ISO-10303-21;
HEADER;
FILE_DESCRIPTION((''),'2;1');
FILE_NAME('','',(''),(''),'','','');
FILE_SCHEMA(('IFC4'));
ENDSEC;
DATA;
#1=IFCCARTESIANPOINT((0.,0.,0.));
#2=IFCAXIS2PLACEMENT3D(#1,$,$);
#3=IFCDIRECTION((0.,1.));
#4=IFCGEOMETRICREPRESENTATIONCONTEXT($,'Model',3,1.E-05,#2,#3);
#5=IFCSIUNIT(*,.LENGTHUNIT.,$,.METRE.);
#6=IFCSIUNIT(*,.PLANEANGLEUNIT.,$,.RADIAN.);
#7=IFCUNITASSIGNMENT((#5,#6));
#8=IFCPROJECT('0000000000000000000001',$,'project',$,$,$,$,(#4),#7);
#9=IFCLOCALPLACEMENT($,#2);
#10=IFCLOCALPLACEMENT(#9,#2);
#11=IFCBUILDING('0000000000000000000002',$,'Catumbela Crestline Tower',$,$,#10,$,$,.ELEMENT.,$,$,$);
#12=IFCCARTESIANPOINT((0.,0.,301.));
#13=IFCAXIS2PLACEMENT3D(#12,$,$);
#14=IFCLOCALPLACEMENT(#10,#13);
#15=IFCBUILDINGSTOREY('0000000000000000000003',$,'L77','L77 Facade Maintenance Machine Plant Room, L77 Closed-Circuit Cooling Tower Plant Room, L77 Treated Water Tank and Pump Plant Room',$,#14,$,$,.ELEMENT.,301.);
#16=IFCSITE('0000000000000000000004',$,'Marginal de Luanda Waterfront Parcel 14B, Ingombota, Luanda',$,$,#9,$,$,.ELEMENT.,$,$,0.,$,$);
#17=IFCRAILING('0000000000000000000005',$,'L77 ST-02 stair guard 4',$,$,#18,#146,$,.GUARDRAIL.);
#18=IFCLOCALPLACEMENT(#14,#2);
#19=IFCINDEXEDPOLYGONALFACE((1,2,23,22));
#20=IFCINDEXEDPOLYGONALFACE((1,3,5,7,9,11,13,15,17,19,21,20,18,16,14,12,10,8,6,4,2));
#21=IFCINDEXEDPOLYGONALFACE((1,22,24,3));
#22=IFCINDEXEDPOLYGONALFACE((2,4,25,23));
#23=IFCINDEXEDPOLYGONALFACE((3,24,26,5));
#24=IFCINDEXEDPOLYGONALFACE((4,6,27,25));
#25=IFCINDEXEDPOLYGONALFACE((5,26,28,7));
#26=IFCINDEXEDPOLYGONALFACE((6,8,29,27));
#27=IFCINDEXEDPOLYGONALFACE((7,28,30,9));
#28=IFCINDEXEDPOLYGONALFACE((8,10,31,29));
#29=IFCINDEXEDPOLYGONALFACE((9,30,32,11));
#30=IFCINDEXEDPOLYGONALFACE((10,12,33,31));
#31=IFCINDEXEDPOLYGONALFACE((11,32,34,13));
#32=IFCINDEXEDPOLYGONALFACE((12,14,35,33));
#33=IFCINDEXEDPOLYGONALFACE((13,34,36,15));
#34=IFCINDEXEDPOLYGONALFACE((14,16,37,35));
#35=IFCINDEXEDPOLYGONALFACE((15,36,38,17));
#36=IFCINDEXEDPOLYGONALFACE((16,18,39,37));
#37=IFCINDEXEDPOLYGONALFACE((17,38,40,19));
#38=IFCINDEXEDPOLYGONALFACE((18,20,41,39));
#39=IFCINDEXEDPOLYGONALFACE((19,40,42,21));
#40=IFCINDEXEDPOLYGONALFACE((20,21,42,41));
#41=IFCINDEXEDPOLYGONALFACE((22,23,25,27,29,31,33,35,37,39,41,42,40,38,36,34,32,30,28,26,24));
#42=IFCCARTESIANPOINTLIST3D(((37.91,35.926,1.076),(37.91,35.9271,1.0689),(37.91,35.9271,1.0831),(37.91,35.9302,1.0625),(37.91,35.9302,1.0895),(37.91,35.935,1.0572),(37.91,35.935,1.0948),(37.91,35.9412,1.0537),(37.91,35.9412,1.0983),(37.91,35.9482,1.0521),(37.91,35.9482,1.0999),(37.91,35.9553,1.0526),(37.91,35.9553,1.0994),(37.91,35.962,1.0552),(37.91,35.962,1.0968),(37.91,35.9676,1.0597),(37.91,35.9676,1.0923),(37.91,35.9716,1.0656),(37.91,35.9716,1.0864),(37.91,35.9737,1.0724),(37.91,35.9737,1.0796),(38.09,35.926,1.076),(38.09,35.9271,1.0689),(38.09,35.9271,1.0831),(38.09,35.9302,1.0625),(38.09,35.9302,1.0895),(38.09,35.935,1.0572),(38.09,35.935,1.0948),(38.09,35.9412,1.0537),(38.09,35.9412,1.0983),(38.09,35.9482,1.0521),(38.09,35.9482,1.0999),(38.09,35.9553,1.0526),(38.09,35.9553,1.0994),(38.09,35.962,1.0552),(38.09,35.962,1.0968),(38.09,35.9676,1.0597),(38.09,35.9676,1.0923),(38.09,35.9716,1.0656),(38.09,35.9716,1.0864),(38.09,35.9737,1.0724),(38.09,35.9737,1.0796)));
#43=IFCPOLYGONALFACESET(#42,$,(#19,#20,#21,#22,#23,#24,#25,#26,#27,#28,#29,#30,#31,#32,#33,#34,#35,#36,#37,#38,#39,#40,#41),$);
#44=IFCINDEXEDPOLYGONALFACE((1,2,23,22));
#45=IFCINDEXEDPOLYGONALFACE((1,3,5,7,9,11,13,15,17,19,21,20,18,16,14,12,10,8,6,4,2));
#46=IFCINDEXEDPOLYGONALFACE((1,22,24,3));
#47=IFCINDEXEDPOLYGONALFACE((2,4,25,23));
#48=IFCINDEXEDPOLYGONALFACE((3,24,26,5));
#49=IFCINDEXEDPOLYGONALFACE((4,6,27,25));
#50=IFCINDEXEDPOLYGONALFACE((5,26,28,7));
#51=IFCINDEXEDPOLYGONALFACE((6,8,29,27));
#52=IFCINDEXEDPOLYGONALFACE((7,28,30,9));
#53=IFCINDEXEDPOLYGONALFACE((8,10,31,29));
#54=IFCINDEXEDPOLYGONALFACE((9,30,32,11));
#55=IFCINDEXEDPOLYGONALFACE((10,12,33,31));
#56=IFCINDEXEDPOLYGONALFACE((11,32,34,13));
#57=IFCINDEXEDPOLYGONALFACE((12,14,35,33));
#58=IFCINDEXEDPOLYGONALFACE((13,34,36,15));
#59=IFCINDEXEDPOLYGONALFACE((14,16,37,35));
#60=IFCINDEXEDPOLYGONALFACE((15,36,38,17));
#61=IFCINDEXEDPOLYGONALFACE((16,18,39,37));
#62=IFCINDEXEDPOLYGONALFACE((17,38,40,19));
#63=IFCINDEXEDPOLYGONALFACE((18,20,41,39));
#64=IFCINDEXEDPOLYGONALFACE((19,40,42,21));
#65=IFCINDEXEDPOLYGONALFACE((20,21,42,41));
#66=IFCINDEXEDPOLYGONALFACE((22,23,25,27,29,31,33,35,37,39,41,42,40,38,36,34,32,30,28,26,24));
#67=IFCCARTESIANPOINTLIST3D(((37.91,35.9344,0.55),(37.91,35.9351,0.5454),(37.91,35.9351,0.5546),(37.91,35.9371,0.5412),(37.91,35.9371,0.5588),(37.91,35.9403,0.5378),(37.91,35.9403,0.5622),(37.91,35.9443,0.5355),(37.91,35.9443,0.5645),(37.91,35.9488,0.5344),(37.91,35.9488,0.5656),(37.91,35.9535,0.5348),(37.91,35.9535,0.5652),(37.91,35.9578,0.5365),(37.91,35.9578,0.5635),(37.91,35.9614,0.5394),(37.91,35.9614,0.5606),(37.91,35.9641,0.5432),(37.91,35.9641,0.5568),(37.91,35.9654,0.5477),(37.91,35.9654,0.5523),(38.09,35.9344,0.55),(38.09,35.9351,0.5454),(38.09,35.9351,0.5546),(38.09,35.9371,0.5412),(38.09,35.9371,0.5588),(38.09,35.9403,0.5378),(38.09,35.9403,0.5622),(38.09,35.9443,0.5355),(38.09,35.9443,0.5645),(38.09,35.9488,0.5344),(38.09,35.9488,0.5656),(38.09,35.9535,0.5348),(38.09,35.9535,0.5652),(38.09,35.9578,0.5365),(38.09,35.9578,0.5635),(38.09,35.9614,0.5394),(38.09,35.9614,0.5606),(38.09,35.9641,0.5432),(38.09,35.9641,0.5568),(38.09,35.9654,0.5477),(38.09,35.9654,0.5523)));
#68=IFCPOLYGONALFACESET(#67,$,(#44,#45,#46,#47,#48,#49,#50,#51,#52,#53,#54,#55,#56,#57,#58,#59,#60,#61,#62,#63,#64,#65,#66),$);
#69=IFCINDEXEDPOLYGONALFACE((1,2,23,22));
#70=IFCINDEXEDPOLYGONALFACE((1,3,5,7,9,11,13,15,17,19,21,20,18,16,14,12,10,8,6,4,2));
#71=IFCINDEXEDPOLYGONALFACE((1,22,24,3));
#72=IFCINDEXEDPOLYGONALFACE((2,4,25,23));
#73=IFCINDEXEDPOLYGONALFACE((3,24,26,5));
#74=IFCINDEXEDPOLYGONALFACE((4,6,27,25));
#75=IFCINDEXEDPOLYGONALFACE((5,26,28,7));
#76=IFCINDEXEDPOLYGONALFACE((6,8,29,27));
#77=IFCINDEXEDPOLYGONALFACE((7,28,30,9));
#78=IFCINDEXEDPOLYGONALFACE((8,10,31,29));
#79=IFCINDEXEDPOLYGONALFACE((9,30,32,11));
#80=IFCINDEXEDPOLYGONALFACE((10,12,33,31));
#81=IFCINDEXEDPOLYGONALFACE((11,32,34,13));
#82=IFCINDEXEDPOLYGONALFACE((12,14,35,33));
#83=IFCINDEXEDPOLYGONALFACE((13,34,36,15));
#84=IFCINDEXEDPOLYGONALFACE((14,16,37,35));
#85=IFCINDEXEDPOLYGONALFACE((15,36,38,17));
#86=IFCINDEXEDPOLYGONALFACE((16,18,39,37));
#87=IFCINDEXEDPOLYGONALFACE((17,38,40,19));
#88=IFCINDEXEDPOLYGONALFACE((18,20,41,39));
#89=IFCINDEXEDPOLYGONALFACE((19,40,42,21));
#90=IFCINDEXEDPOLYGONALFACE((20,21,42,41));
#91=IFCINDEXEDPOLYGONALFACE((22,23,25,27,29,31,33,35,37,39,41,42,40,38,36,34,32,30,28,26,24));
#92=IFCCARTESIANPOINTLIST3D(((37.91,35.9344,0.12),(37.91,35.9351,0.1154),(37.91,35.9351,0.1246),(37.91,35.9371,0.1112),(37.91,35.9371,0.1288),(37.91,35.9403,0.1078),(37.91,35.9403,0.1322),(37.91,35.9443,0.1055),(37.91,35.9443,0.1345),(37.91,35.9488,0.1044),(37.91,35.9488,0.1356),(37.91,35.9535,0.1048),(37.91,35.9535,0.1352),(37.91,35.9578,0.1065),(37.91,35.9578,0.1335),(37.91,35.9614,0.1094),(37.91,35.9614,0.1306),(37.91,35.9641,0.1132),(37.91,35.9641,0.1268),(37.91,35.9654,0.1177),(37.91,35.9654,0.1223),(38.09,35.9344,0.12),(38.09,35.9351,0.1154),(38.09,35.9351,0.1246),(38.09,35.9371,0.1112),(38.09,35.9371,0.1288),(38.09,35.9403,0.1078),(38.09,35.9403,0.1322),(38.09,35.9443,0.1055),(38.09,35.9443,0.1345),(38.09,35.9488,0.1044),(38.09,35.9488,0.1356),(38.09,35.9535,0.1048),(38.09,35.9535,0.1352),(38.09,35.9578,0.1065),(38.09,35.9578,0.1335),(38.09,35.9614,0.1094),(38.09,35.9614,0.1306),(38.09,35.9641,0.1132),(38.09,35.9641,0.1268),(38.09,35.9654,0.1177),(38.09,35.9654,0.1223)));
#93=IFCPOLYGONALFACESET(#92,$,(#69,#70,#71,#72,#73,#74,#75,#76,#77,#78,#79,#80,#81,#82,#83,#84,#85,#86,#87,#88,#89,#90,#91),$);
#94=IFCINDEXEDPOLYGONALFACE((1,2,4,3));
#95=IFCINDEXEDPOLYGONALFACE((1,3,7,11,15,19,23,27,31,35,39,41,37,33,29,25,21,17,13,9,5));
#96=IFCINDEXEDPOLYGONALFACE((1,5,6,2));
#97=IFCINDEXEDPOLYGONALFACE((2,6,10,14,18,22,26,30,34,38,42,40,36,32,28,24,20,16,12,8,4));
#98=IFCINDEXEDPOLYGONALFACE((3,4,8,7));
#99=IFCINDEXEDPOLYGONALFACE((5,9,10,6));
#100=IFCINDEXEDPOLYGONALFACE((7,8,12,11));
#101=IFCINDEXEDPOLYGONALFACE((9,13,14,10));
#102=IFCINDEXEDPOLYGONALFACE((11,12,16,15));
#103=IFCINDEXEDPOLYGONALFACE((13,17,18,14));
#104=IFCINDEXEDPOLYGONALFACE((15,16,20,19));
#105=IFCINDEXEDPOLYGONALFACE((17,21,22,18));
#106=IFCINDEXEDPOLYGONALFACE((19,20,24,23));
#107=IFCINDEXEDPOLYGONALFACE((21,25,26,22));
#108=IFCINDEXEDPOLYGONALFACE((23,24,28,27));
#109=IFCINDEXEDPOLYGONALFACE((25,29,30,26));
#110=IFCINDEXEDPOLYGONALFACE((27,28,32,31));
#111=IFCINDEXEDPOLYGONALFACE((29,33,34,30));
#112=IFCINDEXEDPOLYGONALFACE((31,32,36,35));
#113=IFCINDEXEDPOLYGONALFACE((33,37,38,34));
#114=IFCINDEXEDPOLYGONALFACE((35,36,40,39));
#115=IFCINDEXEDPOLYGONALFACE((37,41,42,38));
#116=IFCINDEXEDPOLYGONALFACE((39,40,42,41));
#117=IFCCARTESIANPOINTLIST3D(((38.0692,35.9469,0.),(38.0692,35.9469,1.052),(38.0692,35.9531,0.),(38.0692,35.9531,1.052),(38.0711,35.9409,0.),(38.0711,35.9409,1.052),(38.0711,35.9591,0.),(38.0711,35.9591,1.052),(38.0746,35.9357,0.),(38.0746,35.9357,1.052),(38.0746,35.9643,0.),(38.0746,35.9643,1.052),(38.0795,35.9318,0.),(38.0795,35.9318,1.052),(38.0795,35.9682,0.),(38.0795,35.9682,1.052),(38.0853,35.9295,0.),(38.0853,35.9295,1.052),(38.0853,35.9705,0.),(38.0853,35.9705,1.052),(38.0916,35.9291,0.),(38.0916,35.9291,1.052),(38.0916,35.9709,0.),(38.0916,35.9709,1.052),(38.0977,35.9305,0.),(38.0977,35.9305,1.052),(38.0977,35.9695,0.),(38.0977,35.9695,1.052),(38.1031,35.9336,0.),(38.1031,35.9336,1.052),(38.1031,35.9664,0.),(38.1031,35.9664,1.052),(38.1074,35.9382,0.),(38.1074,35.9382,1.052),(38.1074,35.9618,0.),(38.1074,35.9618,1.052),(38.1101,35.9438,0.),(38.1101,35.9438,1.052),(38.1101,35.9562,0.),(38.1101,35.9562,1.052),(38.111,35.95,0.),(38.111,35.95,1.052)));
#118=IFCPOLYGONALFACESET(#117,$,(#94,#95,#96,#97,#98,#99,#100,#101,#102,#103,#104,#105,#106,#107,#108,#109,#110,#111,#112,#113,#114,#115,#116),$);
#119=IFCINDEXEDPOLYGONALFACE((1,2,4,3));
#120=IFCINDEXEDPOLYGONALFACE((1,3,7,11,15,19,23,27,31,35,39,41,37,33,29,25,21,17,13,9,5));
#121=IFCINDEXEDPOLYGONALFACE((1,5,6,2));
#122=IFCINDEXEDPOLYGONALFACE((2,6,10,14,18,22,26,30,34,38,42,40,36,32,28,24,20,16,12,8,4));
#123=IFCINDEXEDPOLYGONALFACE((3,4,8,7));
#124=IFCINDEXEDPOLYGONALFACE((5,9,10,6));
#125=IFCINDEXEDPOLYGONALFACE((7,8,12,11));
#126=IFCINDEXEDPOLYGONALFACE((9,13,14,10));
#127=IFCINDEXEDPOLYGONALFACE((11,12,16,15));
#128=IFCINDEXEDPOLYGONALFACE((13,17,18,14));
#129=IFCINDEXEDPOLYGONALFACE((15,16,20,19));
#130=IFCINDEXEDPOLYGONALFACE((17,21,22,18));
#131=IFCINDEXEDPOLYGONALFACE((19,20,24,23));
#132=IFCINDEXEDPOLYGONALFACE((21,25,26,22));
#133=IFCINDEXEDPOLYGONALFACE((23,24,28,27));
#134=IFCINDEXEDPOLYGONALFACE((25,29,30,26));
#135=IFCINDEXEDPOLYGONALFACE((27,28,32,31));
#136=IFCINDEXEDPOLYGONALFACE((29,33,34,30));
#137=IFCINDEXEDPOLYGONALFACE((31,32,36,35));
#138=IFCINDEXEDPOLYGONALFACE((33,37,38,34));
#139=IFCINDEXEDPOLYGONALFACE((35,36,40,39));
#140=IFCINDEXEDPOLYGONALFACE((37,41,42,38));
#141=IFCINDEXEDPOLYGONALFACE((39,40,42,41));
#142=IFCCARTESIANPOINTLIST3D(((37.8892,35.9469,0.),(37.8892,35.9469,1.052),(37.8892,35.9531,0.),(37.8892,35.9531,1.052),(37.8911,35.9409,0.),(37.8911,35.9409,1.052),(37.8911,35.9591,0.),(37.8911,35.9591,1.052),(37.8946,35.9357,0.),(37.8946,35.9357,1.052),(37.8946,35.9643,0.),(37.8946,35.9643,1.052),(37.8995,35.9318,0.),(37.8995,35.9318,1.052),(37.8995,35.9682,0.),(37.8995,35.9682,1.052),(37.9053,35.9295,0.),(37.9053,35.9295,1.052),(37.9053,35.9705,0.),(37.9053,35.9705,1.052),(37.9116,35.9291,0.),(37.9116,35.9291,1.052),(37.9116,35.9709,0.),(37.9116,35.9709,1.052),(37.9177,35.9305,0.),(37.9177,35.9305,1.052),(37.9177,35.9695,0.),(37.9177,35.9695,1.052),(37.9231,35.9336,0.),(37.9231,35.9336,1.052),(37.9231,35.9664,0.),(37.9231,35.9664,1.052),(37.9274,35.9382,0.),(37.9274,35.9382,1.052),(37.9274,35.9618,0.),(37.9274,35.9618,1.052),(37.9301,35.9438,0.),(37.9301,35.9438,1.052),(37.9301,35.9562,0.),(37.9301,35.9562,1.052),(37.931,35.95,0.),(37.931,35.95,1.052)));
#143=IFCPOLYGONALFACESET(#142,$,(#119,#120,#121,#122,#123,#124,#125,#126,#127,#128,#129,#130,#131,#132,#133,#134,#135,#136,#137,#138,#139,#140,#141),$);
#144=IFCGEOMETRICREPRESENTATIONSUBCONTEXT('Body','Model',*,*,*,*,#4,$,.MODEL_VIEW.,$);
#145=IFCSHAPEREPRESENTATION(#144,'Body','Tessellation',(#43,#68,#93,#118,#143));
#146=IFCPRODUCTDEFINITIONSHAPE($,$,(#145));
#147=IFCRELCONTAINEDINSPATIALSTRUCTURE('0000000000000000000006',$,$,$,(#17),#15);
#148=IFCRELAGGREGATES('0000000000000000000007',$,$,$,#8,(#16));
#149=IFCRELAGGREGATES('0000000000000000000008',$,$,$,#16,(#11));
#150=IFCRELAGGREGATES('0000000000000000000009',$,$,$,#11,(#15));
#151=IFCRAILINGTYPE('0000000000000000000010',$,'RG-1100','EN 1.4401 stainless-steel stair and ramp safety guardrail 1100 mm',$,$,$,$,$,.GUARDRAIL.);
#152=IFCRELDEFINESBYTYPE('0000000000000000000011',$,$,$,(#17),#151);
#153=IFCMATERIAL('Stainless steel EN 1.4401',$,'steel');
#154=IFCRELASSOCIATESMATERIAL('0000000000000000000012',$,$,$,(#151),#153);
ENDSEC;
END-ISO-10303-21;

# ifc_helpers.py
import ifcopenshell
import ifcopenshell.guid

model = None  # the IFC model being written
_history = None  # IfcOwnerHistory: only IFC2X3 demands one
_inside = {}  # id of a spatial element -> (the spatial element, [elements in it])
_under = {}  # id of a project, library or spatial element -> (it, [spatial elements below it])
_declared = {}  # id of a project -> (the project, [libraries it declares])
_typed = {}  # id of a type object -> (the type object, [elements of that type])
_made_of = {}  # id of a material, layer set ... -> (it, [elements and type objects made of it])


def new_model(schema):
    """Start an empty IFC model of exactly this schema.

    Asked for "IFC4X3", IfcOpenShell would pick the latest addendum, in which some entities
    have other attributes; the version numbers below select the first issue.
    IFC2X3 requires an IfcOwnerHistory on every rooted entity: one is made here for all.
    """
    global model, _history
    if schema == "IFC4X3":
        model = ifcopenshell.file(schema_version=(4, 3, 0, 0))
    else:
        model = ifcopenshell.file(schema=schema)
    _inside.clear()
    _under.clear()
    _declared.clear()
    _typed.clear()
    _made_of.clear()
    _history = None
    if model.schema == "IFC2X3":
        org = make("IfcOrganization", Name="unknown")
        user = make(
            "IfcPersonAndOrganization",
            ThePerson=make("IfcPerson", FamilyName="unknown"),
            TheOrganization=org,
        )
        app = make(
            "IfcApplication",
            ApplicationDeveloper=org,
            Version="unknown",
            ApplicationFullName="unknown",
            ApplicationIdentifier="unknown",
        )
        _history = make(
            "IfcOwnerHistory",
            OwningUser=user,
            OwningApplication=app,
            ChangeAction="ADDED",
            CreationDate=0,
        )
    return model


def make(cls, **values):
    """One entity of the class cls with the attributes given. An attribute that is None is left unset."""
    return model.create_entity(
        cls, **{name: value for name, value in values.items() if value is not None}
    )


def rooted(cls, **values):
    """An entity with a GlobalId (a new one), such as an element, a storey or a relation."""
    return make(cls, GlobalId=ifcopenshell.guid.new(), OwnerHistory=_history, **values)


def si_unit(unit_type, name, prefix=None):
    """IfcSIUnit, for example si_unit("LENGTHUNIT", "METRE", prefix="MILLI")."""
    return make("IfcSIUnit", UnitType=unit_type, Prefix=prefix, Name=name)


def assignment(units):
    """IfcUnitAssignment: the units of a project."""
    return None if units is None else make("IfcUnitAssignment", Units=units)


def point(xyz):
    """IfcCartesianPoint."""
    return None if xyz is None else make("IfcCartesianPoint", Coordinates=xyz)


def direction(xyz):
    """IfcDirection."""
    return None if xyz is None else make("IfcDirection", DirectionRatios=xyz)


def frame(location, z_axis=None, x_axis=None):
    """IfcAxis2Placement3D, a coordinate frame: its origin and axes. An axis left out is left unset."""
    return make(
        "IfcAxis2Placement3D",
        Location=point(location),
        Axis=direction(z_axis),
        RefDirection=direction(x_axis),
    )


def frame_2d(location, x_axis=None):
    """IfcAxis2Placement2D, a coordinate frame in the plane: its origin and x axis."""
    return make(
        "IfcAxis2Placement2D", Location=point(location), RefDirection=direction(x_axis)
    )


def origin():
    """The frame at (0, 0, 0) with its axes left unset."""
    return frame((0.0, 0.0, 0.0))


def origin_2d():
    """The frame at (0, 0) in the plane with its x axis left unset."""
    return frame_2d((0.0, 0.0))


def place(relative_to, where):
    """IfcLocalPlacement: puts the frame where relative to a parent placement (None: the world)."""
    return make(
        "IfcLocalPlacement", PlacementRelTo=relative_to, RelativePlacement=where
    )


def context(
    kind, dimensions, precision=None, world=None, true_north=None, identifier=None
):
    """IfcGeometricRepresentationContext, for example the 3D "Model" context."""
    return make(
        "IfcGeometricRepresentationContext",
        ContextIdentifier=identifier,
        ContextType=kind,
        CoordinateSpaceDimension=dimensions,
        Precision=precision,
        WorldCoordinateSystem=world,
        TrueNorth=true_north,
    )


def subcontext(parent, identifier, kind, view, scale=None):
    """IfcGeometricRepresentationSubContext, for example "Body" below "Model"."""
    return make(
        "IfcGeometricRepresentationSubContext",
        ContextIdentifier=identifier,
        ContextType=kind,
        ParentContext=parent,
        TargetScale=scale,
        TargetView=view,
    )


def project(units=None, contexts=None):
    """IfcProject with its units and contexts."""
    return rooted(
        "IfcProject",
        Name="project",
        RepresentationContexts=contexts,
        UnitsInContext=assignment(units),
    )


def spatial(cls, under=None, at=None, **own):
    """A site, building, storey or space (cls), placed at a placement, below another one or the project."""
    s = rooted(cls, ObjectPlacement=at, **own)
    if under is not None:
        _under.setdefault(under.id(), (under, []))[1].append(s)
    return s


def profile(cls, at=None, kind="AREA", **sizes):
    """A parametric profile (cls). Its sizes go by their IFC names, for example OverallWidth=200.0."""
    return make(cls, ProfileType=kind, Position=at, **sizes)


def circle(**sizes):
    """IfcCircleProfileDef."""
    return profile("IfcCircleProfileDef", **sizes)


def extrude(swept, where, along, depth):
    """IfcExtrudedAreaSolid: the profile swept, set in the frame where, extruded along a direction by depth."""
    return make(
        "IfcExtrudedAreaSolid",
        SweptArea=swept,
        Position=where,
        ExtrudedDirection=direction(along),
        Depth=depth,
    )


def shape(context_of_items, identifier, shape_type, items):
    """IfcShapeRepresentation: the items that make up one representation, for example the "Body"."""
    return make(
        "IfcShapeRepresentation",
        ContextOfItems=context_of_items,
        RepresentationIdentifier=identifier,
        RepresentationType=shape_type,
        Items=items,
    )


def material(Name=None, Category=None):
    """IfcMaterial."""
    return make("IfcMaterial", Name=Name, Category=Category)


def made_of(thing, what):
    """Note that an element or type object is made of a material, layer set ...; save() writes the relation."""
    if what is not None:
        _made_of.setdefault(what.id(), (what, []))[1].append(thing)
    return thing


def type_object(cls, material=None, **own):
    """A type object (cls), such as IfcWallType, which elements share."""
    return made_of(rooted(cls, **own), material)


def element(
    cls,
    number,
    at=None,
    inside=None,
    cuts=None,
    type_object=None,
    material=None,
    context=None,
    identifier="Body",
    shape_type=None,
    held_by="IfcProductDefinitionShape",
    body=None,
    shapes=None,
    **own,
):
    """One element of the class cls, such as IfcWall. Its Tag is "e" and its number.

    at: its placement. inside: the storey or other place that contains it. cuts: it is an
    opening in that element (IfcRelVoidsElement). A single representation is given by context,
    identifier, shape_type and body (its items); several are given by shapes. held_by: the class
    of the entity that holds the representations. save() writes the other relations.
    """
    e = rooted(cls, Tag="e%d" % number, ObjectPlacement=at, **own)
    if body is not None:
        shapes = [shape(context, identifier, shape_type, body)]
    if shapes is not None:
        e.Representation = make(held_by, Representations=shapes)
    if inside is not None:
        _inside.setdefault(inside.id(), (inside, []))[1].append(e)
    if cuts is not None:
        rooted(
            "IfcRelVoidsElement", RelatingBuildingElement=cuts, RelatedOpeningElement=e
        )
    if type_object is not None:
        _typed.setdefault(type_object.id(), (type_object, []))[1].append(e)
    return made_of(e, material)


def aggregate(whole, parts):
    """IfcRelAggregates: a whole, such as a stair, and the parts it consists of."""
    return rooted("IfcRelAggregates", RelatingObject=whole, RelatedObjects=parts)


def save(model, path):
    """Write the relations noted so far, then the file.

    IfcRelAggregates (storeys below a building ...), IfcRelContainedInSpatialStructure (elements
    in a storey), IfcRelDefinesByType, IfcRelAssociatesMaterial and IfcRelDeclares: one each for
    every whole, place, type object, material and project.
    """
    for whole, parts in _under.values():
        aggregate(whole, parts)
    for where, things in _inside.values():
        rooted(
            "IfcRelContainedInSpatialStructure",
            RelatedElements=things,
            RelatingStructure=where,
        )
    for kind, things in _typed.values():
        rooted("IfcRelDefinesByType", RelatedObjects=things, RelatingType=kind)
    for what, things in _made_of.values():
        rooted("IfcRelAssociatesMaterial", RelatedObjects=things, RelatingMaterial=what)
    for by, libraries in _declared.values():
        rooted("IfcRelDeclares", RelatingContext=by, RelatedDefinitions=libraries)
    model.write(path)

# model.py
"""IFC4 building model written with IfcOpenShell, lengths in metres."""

from ifc_helpers import new_model, si_unit, direction, frame, origin, origin_2d, place, context, subcontext, project, spatial, circle, extrude, material, type_object, element, save


model = new_model("IFC4")

# Units and contexts
model_context = context("Model", 3, precision=1e-05, world=origin(), true_north=direction((0.0, 1.0)))
body_context = subcontext(model_context, "Body", "Model", "MODEL_VIEW")
ifc_project = project(units=[si_unit("LENGTHUNIT", "METRE"), si_unit("PLANEANGLEUNIT", "RADIAN")], contexts=[model_context])

# Site, building, storey
site_placement = place(None, origin())
site = spatial("IfcSite", under=ifc_project, at=site_placement, Name="Marginal de Luanda Waterfront Parcel 14B, Ingombota, Luanda", CompositionType="ELEMENT", RefElevation=0.0)
building_placement = place(site_placement, origin())
building = spatial("IfcBuilding", under=site, at=building_placement, Name="Catumbela Crestline Tower", CompositionType="ELEMENT")
storey_placement = place(building_placement, frame((0.0, 0.0, 301.0)))
storey = spatial("IfcBuildingStorey", under=building, at=storey_placement, Name="L77", Description="L77 Facade Maintenance Machine Plant Room, L77 Closed-Circuit Cooling Tower Plant Room, L77 Treated Water Tank and Pump Plant Room", CompositionType="ELEMENT", Elevation=301.0)

# Railing
ifc_material_1 = material(Name="Stainless steel EN 1.4401", Category="steel")
railing_type_1 = type_object("IfcRailingType", Name="RG-1100", Description="EN 1.4401 stainless-steel stair and ramp safety guardrail 1100 mm", PredefinedType="GUARDRAIL", material=ifc_material_1)
railing_1_placement = place(storey_placement, frame((38.09, 35.95, 0.0)))
element("IfcRailing", 1, at=railing_1_placement, inside=storey, type_object=railing_type_1, Name="L77 ST-02 stair guard 4", PredefinedType="GUARDRAIL", context=body_context, shape_type="SweptSolid", body=[
    extrude(circle(Radius=0.024, at=origin_2d()), frame((0.0, 0.0, 1.076), z_axis=(-1.0, 0.0, 0.0), x_axis=(0.0, -1.0, 0.0)), (0.0, 0.0, 1.0), 0.18),
    extrude(circle(Radius=0.0156, at=origin_2d()), frame((0.0, 0.0, 0.55), z_axis=(-1.0, 0.0, 0.0), x_axis=(0.0, -1.0, 0.0)), (0.0, 0.0, 1.0), 0.18),
    extrude(circle(Radius=0.0156, at=origin_2d()), frame((0.0, 0.0, 0.12), z_axis=(-1.0, 0.0, 0.0), x_axis=(0.0, -1.0, 0.0)), (0.0, 0.0, 1.0), 0.18),
    extrude(circle(Radius=0.021, at=origin_2d()), origin(), (0.0, 0.0, 1.0), 1.052),
    extrude(circle(Radius=0.021, at=origin_2d()), frame((-0.18, 0.0, 0.0)), (0.0, 0.0, 1.0), 1.052),
])

save(model, "model.ifc")
